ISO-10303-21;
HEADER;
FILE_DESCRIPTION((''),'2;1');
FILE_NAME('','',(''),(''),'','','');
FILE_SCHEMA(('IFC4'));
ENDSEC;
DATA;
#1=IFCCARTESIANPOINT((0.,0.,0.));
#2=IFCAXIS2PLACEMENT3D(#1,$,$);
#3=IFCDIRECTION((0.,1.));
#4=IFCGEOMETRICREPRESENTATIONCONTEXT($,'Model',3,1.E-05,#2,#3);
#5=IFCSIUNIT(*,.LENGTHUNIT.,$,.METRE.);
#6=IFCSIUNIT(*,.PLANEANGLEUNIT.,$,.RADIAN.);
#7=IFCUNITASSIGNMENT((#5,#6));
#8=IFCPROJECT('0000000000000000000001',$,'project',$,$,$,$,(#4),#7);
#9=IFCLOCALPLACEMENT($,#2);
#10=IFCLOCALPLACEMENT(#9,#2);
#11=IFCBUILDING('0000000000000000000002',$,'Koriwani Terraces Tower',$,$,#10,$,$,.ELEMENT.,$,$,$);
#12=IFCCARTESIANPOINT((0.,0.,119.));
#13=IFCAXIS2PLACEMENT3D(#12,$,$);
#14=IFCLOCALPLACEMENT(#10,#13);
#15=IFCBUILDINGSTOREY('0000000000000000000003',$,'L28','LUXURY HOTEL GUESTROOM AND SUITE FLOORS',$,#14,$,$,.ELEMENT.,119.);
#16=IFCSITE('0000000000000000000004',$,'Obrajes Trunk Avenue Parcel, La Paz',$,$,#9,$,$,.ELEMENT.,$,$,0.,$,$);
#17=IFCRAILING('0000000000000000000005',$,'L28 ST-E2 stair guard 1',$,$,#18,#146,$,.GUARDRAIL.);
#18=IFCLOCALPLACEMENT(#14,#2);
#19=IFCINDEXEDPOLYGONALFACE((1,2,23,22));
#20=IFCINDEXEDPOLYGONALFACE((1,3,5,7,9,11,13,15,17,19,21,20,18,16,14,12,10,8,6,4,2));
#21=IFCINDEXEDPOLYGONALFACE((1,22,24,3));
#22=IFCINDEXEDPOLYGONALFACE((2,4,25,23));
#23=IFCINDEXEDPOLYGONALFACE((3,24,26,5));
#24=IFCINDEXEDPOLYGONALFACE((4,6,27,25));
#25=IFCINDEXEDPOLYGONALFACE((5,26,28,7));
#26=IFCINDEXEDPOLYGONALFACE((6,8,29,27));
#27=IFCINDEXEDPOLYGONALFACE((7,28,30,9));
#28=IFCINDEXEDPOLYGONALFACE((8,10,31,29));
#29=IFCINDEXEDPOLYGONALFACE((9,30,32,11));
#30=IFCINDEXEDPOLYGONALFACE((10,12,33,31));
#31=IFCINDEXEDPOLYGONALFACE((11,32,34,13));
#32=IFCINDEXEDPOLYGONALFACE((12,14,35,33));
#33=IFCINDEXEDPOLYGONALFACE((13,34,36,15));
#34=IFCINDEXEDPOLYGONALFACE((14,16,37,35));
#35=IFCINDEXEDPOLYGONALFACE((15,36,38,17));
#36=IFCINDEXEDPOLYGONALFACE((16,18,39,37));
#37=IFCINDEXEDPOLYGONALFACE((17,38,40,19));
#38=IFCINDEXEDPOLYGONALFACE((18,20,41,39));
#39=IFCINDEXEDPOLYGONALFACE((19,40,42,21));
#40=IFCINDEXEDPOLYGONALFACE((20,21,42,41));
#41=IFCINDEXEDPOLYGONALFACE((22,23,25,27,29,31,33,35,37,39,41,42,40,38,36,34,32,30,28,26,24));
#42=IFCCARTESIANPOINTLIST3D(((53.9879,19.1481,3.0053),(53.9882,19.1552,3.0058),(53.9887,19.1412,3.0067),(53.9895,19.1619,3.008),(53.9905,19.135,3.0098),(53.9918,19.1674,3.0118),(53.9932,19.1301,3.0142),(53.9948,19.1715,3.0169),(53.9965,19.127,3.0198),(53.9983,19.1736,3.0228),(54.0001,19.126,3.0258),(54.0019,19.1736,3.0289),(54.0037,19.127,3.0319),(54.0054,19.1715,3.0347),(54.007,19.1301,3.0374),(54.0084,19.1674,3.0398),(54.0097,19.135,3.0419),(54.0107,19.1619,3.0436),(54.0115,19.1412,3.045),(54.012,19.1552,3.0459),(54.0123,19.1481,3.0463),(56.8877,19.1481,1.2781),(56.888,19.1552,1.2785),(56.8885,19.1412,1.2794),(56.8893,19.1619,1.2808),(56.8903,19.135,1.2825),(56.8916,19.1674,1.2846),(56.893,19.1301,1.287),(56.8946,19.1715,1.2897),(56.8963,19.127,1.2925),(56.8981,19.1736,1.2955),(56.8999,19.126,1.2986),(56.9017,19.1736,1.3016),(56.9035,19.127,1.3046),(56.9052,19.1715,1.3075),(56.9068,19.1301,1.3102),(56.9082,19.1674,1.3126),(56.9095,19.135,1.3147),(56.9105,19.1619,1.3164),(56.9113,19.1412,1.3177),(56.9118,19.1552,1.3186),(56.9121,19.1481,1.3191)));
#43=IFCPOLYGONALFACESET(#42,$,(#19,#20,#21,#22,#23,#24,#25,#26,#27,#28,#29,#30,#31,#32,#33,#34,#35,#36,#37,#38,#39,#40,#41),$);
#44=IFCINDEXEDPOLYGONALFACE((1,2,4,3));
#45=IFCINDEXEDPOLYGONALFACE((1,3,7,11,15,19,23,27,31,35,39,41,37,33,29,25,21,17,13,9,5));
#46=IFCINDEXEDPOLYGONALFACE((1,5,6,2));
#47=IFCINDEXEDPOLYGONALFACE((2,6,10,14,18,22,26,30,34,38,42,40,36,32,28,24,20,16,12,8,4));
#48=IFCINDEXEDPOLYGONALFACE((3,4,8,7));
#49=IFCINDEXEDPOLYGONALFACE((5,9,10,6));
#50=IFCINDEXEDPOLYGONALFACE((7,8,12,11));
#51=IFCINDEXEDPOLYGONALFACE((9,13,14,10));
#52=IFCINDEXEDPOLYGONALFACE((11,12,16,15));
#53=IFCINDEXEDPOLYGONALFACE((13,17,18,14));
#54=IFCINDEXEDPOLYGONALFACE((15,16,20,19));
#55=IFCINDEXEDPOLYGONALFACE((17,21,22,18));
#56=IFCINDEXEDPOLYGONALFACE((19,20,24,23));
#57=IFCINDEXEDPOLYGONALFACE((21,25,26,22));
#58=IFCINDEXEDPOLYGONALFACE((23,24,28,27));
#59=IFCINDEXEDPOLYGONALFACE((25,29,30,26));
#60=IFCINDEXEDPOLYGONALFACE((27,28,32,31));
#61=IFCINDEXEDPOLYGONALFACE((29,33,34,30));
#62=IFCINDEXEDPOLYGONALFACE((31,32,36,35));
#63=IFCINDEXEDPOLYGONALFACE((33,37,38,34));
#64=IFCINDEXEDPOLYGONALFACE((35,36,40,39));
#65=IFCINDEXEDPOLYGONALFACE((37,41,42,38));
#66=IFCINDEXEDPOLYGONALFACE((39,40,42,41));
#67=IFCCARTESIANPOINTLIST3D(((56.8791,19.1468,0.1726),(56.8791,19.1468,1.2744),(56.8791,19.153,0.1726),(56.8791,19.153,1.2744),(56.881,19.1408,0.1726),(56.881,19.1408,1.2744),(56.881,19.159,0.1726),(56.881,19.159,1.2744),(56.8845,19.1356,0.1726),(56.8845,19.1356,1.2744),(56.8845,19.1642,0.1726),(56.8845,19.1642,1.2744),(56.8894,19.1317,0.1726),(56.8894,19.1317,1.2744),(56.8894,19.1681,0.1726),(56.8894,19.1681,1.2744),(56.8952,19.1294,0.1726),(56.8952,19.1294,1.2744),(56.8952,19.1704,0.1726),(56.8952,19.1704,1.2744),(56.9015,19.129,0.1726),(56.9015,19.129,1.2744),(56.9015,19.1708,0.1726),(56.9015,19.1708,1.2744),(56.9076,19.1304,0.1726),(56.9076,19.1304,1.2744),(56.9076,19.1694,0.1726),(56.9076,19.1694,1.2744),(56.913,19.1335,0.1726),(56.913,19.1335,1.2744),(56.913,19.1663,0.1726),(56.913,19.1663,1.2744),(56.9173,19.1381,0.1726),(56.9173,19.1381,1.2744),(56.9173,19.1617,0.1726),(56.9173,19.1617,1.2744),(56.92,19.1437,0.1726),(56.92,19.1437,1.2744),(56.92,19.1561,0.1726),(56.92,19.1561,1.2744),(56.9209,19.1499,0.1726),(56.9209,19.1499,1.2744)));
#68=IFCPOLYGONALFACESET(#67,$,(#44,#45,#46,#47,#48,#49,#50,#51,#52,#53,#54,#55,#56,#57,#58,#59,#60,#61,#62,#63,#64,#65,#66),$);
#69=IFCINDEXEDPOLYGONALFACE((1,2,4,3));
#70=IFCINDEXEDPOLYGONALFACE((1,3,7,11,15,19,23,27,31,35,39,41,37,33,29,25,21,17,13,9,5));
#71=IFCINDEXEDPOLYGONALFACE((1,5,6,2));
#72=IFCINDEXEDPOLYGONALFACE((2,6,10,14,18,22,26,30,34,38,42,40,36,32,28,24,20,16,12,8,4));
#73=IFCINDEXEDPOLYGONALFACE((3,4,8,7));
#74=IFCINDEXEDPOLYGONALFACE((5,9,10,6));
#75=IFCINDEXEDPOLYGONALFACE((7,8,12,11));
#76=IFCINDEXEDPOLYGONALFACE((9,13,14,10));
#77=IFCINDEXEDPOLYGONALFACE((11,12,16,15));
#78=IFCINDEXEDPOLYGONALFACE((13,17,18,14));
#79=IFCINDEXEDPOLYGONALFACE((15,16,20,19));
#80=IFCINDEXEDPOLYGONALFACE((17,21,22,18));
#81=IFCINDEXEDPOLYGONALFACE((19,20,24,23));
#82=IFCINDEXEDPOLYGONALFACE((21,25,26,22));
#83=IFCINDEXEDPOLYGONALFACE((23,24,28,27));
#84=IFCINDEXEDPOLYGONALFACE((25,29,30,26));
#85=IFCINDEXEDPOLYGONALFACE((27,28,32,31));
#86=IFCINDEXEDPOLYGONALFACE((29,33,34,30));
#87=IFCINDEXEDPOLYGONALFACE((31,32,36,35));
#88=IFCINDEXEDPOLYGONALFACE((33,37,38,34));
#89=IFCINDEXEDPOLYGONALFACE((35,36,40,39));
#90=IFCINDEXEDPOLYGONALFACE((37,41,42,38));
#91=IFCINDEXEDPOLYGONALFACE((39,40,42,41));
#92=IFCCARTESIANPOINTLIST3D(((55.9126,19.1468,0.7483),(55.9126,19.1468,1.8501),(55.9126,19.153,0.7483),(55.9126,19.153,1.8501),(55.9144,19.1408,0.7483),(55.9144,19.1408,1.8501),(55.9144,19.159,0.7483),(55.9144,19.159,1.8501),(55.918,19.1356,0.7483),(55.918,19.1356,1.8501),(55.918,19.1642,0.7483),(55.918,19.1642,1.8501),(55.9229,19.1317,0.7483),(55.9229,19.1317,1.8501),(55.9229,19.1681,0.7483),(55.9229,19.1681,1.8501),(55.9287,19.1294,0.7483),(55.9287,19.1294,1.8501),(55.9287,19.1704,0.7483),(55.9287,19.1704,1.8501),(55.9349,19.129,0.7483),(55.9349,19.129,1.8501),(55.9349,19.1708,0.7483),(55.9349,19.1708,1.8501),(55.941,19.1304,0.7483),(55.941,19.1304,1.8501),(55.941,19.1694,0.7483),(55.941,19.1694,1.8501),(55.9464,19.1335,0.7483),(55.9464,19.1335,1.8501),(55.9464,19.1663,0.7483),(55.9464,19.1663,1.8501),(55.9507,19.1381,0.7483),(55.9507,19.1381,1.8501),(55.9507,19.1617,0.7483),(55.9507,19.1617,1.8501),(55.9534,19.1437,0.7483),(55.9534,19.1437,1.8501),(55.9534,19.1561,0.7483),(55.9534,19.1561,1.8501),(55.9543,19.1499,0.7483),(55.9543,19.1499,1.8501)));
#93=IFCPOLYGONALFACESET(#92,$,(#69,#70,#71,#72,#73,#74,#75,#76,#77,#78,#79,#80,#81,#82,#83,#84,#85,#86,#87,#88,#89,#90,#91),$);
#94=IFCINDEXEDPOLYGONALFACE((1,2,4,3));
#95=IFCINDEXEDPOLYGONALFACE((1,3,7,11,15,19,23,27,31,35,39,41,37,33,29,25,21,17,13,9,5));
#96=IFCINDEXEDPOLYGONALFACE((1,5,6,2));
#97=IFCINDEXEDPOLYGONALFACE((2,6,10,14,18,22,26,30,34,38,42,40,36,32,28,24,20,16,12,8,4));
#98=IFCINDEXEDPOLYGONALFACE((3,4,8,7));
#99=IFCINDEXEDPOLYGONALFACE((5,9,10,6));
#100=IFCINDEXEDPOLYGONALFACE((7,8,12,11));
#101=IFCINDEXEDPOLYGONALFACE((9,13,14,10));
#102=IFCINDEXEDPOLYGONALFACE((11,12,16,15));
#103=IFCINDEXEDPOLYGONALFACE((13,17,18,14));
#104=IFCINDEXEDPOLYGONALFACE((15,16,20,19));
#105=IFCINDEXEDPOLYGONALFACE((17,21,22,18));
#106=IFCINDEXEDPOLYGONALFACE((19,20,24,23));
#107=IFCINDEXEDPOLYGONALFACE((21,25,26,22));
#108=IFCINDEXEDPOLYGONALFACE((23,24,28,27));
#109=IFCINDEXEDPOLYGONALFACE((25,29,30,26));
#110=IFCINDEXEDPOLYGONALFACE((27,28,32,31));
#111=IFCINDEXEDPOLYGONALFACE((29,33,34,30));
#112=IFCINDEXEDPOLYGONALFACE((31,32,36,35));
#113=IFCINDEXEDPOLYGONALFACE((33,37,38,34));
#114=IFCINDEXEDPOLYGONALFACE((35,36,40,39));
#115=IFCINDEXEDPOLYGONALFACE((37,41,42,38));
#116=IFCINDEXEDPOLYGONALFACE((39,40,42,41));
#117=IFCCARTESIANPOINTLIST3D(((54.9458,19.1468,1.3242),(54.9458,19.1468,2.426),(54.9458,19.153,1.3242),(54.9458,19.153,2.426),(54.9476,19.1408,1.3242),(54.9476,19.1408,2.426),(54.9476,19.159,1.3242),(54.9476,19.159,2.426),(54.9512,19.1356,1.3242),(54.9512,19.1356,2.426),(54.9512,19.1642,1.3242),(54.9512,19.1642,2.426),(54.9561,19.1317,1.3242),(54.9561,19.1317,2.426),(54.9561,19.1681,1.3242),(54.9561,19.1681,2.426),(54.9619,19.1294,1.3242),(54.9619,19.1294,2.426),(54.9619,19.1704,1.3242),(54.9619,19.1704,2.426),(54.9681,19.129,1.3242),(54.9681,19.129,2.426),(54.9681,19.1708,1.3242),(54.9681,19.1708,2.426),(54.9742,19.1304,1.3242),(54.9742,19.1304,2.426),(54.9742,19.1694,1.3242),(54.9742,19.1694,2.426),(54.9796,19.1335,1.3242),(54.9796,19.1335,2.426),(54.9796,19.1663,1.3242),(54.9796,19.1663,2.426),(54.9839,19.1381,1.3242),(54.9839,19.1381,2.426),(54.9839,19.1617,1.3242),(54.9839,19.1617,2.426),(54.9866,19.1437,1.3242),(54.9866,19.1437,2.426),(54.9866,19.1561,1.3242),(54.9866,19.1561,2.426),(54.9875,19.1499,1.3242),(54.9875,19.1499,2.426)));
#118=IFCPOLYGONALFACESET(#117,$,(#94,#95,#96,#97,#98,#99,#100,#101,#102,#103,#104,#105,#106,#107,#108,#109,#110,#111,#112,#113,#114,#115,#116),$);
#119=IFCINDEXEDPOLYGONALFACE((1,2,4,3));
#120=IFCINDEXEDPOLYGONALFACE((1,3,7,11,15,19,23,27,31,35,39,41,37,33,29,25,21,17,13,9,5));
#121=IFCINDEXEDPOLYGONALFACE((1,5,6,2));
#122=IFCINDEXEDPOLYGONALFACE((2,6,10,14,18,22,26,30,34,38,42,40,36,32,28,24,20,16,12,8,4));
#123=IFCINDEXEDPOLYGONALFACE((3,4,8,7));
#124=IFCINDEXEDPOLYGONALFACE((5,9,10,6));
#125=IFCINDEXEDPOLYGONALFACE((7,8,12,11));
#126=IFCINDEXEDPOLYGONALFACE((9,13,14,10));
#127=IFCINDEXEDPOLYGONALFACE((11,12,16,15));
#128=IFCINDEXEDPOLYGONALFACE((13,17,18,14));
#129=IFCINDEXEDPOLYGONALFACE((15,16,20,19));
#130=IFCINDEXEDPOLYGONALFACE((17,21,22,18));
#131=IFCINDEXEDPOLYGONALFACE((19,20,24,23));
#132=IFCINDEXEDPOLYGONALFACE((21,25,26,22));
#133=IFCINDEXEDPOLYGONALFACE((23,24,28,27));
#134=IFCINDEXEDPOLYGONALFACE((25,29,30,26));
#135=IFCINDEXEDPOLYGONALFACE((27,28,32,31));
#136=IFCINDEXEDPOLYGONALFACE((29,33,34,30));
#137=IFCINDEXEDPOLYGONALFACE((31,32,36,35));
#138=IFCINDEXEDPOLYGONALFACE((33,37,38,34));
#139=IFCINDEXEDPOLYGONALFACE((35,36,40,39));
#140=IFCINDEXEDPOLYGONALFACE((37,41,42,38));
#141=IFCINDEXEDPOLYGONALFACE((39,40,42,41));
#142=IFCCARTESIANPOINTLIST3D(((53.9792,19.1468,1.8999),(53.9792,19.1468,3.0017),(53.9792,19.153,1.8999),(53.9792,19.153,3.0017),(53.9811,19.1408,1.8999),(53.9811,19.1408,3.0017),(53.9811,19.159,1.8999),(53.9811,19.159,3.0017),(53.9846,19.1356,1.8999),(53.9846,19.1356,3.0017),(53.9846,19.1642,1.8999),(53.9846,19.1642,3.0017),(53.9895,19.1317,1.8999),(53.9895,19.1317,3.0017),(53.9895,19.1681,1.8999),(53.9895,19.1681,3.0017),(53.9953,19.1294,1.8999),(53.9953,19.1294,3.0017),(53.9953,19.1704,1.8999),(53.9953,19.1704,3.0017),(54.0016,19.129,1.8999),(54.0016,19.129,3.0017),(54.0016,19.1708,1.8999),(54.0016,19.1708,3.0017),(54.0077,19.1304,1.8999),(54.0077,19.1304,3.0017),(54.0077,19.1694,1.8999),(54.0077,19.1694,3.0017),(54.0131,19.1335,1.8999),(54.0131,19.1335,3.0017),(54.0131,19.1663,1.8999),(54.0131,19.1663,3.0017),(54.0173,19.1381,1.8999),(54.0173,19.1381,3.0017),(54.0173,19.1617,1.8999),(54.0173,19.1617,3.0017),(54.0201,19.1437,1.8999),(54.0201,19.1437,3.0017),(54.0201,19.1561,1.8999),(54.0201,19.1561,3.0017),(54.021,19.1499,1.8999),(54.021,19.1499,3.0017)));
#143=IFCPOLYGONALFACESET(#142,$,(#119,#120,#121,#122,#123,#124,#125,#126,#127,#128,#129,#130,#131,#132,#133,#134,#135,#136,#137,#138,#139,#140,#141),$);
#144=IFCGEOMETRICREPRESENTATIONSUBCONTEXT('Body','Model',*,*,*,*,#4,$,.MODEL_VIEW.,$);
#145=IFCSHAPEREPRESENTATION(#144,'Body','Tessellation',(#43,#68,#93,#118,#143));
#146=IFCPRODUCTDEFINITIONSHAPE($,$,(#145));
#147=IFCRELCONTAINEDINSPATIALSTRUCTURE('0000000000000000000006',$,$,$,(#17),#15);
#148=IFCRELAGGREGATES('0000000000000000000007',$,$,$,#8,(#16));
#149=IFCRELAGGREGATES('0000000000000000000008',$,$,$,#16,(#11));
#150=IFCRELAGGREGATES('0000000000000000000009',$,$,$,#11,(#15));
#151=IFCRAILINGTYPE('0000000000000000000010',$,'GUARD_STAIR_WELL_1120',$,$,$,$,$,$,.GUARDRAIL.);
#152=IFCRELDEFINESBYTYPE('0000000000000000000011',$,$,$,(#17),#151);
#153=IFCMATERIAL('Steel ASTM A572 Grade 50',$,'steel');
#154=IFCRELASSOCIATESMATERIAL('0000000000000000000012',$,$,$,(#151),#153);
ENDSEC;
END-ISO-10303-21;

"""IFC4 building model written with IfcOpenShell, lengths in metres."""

from ifc_helpers import new_model, si_unit, direction, frame, origin, origin_2d, place, context, subcontext, project, spatial, circle, extrude, material, type_object, element, save


model = new_model("IFC4")

# Units and contexts
model_context = context("Model", 3, precision=1e-05, world=origin(), true_north=direction((0.0, 1.0)))
body_context = subcontext(model_context, "Body", "Model", "MODEL_VIEW")
ifc_project = project(units=[si_unit("LENGTHUNIT", "METRE"), si_unit("PLANEANGLEUNIT", "RADIAN")], contexts=[model_context])

# Site, building, storey
site_placement = place(None, origin())
site = spatial("IfcSite", under=ifc_project, at=site_placement, Name="Obrajes Trunk Avenue Parcel, La Paz", CompositionType="ELEMENT", RefElevation=0.0)
building_placement = place(site_placement, origin())
building = spatial("IfcBuilding", under=site, at=building_placement, Name="Koriwani Terraces Tower", CompositionType="ELEMENT")
storey_placement = place(building_placement, frame((0.0, 0.0, 119.0)))
storey = spatial("IfcBuildingStorey", under=building, at=storey_placement, Name="L28", Description="LUXURY HOTEL GUESTROOM AND SUITE FLOORS", CompositionType="ELEMENT", Elevation=119.0)

# Shared definitions
ifc_material_1 = material(Name="Steel ASTM A572 Grade 50", Category="steel")

# Railing
railing_type_1 = type_object("IfcRailingType", Name="GUARD_STAIR_WELL_1120", PredefinedType="GUARDRAIL", material=ifc_material_1)
railing_1_placement = place(storey_placement, frame((56.8999, 19.1499, 0.1726)))
element("IfcRailing", 1, at=railing_1_placement, inside=storey, type_object=railing_type_1, Name="L28 ST-E2 stair guard 1", PredefinedType="GUARDRAIL", context=body_context, shape_type="SweptSolid", body=[
    extrude(circle(Radius=0.0239, at=origin_2d()), frame((0.0, 0.0, 1.126), z_axis=(-0.859141, 0.0, 0.511738), x_axis=(0.0, -1.0, 0.0)), (0.0, 0.0, 1.0), 3.3752),
    extrude(circle(Radius=0.021, at=origin_2d()), origin(), (0.0, 0.0, 1.0), 1.1018),
    extrude(circle(Radius=0.021, at=origin_2d()), frame((-0.9666, 0.0, 0.5757)), (0.0, 0.0, 1.0), 1.1018),
    extrude(circle(Radius=0.021, at=origin_2d()), frame((-1.9333, 0.0, 1.1516)), (0.0, 0.0, 1.0), 1.1018),
    extrude(circle(Radius=0.021, at=origin_2d()), frame((-2.8999, 0.0, 1.7273)), (0.0, 0.0, 1.0), 1.1018),
])

save(model, "model.ifc")
